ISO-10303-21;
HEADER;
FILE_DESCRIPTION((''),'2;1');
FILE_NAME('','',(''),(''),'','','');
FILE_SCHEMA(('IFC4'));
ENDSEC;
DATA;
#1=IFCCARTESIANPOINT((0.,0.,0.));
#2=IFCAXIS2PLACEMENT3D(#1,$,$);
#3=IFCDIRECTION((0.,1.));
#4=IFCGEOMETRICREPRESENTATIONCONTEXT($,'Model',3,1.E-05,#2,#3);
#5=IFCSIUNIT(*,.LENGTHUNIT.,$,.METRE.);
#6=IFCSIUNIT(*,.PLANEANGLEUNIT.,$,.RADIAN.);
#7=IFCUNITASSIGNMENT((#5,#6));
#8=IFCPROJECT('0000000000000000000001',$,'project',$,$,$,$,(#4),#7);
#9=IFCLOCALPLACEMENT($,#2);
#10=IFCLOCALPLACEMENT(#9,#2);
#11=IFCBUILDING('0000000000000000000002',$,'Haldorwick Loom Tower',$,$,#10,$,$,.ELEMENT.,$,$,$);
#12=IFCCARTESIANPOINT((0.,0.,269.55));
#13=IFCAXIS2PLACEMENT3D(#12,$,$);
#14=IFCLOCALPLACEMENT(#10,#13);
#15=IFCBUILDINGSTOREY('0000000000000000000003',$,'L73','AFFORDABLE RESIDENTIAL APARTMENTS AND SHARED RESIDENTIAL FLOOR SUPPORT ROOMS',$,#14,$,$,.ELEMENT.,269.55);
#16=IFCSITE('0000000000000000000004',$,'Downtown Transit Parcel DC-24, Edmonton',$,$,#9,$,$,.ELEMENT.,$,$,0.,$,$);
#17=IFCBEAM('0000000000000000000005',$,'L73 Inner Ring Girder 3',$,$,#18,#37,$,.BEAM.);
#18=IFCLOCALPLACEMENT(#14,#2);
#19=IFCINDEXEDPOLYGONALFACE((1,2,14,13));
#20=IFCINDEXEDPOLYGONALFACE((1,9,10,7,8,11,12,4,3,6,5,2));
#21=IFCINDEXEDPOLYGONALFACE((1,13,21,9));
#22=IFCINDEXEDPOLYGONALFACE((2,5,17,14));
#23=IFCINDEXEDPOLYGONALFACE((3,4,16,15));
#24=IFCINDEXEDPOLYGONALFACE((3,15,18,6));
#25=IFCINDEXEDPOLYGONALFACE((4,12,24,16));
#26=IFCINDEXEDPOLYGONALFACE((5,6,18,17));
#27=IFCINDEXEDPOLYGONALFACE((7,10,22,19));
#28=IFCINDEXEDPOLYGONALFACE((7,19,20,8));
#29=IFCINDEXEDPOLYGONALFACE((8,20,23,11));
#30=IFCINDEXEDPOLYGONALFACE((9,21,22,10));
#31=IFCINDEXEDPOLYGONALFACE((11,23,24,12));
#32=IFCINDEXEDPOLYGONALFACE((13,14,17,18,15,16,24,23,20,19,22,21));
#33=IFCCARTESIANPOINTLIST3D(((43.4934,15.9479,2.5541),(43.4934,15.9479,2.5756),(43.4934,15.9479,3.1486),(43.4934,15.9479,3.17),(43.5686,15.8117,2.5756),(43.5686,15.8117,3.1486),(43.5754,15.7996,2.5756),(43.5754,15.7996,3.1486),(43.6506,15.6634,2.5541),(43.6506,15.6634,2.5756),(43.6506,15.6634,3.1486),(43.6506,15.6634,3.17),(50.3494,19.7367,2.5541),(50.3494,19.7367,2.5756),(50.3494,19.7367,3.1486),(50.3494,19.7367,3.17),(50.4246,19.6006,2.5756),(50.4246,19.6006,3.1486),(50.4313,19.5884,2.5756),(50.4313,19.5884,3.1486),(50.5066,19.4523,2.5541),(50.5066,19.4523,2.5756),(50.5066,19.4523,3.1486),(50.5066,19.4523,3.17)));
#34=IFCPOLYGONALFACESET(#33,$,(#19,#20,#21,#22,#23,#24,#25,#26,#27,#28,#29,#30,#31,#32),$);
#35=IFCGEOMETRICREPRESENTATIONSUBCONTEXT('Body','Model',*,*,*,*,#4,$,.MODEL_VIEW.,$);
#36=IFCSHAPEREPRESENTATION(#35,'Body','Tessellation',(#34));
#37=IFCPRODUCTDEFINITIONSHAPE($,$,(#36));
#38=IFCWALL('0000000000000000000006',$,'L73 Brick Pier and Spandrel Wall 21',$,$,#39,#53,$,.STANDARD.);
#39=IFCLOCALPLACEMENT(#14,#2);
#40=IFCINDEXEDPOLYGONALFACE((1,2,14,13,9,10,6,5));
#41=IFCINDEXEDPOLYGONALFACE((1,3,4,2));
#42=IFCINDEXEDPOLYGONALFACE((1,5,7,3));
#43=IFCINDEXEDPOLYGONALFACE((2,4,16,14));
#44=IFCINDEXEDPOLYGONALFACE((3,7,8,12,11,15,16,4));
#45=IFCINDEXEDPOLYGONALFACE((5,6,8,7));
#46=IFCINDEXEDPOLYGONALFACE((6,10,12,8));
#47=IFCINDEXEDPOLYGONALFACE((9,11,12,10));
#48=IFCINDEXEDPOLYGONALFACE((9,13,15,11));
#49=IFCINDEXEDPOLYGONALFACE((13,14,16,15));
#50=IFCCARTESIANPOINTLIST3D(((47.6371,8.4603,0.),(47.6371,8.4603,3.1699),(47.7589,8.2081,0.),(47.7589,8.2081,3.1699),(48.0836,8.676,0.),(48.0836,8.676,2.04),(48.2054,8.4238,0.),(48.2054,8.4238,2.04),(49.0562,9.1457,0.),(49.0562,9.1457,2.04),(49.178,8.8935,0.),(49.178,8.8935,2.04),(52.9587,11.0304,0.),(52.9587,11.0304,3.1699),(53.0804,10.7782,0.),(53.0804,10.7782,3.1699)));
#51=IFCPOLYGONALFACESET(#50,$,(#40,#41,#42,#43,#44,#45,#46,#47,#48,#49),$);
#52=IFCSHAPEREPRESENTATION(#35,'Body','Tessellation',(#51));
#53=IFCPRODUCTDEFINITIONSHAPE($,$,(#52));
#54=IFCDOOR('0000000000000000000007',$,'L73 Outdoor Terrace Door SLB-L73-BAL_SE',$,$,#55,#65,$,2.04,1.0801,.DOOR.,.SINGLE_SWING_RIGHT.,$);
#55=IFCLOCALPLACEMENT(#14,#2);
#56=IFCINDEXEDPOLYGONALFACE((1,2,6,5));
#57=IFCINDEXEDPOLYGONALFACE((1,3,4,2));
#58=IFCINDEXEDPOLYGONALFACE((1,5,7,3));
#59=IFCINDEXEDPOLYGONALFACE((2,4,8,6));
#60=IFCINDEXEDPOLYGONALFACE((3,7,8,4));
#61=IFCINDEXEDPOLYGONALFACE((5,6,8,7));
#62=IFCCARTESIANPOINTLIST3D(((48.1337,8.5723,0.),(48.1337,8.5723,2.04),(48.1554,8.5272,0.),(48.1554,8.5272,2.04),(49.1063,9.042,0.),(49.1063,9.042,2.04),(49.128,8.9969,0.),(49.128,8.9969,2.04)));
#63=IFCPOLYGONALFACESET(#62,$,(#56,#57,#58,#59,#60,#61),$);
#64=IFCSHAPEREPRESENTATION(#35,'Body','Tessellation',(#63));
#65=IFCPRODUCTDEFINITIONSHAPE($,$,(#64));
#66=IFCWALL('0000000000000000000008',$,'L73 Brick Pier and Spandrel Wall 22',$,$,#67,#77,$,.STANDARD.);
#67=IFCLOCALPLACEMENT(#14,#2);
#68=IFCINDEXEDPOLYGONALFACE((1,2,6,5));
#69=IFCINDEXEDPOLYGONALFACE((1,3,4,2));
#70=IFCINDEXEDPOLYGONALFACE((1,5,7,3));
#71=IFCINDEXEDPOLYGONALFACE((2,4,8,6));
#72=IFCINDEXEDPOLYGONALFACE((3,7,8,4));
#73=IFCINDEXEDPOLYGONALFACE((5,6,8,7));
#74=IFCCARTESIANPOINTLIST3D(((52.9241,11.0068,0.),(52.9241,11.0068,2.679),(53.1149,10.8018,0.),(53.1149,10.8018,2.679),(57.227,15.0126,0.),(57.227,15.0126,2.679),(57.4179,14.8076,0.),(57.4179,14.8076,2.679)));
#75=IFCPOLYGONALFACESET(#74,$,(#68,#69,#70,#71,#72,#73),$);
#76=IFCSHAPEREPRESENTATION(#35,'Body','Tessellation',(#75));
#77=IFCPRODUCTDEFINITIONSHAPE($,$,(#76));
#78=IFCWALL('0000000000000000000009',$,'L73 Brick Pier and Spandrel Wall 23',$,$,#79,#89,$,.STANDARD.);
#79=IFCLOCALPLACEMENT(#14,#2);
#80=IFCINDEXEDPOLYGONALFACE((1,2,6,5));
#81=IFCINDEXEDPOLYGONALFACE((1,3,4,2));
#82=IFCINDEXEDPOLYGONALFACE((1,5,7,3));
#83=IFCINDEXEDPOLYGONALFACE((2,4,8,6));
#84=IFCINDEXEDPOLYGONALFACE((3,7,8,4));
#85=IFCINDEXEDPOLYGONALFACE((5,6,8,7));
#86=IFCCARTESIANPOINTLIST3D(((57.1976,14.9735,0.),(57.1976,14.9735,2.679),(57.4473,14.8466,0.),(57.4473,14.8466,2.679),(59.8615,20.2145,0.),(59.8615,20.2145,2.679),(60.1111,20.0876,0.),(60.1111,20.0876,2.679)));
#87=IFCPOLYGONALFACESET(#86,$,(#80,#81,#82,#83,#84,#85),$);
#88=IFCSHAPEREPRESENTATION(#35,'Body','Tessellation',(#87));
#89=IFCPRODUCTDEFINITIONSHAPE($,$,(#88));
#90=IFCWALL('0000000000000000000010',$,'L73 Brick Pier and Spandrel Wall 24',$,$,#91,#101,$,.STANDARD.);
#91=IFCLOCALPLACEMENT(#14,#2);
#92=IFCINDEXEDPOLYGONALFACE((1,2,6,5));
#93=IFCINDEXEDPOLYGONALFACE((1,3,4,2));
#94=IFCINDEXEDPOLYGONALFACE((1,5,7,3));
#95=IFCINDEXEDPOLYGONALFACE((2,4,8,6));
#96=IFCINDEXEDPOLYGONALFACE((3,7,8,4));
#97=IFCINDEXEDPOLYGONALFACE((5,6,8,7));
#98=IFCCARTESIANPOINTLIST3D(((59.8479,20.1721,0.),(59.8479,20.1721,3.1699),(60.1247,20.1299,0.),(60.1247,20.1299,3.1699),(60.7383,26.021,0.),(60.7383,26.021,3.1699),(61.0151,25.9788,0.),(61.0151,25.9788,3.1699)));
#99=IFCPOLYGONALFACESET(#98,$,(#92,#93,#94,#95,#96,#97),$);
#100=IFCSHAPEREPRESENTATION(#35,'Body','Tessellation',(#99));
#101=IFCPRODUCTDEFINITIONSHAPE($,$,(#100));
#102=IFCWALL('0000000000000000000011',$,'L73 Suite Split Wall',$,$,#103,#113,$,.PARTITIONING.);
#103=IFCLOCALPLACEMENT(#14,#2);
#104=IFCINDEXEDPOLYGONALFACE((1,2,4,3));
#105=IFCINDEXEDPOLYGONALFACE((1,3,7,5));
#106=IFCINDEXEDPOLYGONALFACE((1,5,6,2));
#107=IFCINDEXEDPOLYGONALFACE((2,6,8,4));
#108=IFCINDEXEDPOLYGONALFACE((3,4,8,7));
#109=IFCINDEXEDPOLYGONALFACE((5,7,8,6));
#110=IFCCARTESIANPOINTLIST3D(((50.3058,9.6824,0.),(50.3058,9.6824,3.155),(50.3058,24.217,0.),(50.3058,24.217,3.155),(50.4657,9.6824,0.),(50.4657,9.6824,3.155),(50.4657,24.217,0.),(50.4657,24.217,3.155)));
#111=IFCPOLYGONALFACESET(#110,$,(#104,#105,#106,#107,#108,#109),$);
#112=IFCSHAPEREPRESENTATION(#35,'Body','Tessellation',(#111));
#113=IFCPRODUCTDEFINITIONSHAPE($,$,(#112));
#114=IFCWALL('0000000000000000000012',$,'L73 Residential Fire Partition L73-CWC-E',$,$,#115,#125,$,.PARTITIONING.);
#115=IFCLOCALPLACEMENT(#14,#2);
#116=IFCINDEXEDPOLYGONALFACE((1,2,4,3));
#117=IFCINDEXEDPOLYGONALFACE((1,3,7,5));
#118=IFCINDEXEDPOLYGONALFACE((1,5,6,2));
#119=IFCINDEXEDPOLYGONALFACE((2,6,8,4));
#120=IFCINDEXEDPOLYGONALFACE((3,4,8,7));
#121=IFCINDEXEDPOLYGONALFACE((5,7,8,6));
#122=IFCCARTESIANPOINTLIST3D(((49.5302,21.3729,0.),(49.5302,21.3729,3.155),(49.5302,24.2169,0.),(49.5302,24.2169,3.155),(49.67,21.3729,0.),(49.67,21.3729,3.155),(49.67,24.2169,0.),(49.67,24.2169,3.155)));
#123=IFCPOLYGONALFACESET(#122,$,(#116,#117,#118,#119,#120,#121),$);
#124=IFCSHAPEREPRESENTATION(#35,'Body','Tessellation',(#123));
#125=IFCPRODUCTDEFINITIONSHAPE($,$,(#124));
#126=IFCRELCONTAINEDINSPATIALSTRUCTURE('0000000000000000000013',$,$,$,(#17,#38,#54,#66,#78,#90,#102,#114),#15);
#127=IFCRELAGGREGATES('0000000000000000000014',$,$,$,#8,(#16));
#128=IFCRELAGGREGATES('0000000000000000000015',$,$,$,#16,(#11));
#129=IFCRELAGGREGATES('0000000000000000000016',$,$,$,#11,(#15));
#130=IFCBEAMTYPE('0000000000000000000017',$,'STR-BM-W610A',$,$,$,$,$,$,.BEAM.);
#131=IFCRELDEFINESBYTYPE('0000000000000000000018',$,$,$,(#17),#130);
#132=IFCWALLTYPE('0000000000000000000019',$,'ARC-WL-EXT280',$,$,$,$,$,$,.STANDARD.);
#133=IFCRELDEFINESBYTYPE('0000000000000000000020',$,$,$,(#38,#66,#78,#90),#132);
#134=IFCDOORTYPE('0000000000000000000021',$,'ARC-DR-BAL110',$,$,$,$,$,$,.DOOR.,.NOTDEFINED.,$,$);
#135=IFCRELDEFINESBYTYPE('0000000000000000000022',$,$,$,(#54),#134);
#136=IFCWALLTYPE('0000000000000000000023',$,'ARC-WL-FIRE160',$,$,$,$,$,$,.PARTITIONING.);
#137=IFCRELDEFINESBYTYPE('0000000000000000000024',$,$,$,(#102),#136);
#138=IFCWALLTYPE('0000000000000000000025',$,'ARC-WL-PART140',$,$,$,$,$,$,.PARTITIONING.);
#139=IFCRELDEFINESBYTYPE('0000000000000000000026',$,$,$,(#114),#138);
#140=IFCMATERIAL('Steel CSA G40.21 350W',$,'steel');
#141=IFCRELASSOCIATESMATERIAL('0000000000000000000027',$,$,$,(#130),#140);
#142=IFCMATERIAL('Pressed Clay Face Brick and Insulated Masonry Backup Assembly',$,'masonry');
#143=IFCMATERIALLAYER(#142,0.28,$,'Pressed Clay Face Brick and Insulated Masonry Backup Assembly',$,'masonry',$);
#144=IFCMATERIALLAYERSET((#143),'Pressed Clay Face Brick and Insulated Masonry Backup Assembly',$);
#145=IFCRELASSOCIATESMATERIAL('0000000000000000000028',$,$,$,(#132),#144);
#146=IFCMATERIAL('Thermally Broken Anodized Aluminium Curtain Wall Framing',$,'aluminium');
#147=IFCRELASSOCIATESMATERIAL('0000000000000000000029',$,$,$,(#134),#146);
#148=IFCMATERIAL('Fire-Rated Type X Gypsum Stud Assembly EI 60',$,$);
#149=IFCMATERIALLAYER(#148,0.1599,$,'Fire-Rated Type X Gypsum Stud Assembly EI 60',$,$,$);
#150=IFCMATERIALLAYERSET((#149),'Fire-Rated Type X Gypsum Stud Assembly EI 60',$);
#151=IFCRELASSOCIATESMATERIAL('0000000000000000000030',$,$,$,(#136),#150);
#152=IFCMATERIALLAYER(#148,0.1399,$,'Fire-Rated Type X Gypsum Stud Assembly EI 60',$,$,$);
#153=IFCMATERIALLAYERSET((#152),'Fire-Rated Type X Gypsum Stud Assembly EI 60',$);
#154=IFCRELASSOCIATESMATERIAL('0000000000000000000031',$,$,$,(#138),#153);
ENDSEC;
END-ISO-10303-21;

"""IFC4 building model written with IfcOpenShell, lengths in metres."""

from ifc_helpers import new_model, si_unit, direction, frame, frame_2d, origin, origin_2d, place, context, subcontext, project, spatial, rectangle, i_section, extrude, material, layer, layer_set, material_profile, profile_set, type_object, element, fill, save


model = new_model("IFC4")

# Units and contexts
model_context = context("Model", 3, precision=1e-05, world=origin(), true_north=direction((0.0, 1.0)))
body_context = subcontext(model_context, "Body", "Model", "MODEL_VIEW")
ifc_project = project(units=[si_unit("LENGTHUNIT", "METRE"), si_unit("PLANEANGLEUNIT", "RADIAN")], contexts=[model_context])

# Site, building, storey
site_placement = place(None, origin())
site = spatial("IfcSite", under=ifc_project, at=site_placement, Name="Downtown Transit Parcel DC-24, Edmonton", CompositionType="ELEMENT", RefElevation=0.0)
building_placement = place(site_placement, origin())
building = spatial("IfcBuilding", under=site, at=building_placement, Name="Haldorwick Loom Tower", CompositionType="ELEMENT")
storey_placement = place(building_placement, frame((0.0, 0.0, 269.55)))
storey = spatial("IfcBuildingStorey", under=building, at=storey_placement, Name="L73", Description="AFFORDABLE RESIDENTIAL APARTMENTS AND SHARED RESIDENTIAL FLOOR SUPPORT ROOMS", CompositionType="ELEMENT", Elevation=269.55)

# Shared definitions
ifc_material_1 = material(Name="Steel CSA G40.21 350W", Category="steel")

# Beam
ifc_material_profile_1 = material_profile(ifc_material_1, i_section(OverallWidth=0.325, OverallDepth=0.616, WebThickness=0.0139, FlangeThickness=0.0215, at=origin_2d()), Name="W610X174", Category="steel")
ifc_profile_set_1 = profile_set([ifc_material_profile_1], Name="Steel CSA G40.21 350W")
beam_type_1 = type_object("IfcBeamType", Name="STR-BM-W610A", PredefinedType="BEAM", material=ifc_profile_set_1)
beam_1_placement = place(storey_placement, frame((50.428, 19.5945, 2.8621), z_axis=(-0.875242, -0.483686, 0.0), x_axis=(0.483686, -0.875242, 0.0)))
element("IfcBeam", 1, at=beam_1_placement, inside=storey, type_object=beam_type_1, Name="L73 Inner Ring Girder 3", PredefinedType="BEAM", context=body_context, shape_type="SweptSolid", body=[
    extrude(i_section(OverallWidth=0.325, OverallDepth=0.616, WebThickness=0.0139, FlangeThickness=0.0215, at=origin_2d()), origin(), (0.0, 0.0, 1.0), 7.8333),
])

# Wall, opening, door
ifc_material_2 = material(Name="Pressed Clay Face Brick and Insulated Masonry Backup Assembly", Category="masonry")
ifc_layer_1 = layer(ifc_material_2, 0.28, Name="Pressed Clay Face Brick and Insulated Masonry Backup Assembly", Category="masonry")
ifc_layer_set_1 = layer_set([ifc_layer_1], Name="Pressed Clay Face Brick and Insulated Masonry Backup Assembly")
wall_type_1 = type_object("IfcWallType", Name="ARC-WL-EXT280", PredefinedType="STANDARD", material=ifc_layer_set_1)
wall_1_placement = place(storey_placement, frame((47.698, 8.3342, 0.0), z_axis=(0.0, 0.0, 1.0), x_axis=(0.900482, 0.434893, 0.0)))
wall_1 = element("IfcWall", 2, at=wall_1_placement, inside=storey, type_object=wall_type_1, Name="L73 Brick Pier and Spandrel Wall 21", PredefinedType="STANDARD", context=body_context, shape_type="SweptSolid", body=[
    extrude(rectangle(XDim=5.9097, YDim=0.28, at=frame_2d((2.9548, 0.0))), origin(), (0.0, 0.0, 1.0), 3.1699),
])
opening_placement = place(wall_1_placement, frame((0.4958, 0.0, 0.0)))
opening = element("IfcOpeningElement", 3, at=opening_placement, cuts=wall_1, PredefinedType="OPENING", context=body_context, shape_type="SweptSolid", body=[
    extrude(rectangle(XDim=1.0801, YDim=2.04, at=frame_2d((0.54, 1.02))), frame((0.0, 0.1499, 0.0), z_axis=(0.0, -1.0, 0.0), x_axis=(1.0, 0.0, 0.0)), (0.0, 0.0, 1.0), 0.3),
])
ifc_material_3 = material(Name="Thermally Broken Anodized Aluminium Curtain Wall Framing", Category="aluminium")
door_type = type_object("IfcDoorType", Name="ARC-DR-BAL110", OperationType="NOTDEFINED", PredefinedType="DOOR", material=ifc_material_3)
door_placement = place(opening_placement, origin())
door = element("IfcDoor", 4, at=door_placement, inside=storey, type_object=door_type, Name="L73 Outdoor Terrace Door SLB-L73-BAL_SE", OperationType="SINGLE_SWING_RIGHT", OverallHeight=2.04, OverallWidth=1.0801, PredefinedType="DOOR", context=body_context, shape_type="SweptSolid", body=[
    extrude(rectangle(XDim=1.0801, YDim=2.04, at=frame_2d((0.54, 1.02))), frame((0.0, 0.0249, 0.0), z_axis=(0.0, -1.0, 0.0), x_axis=(1.0, 0.0, 0.0)), (0.0, 0.0, 1.0), 0.05),
])
fill(opening, door)

# Walls
wall_2_placement = place(storey_placement, frame((53.0195, 10.9043, 0.0), z_axis=(0.0, 0.0, 1.0), x_axis=(0.731925, 0.681386, 0.0)))
element("IfcWall", 5, at=wall_2_placement, inside=storey, type_object=wall_type_1, Name="L73 Brick Pier and Spandrel Wall 22", PredefinedType="STANDARD", context=body_context, shape_type="SweptSolid", body=[
    extrude(rectangle(XDim=5.8789, YDim=0.28, at=frame_2d((2.9395, 0.0))), origin(), (0.0, 0.0, 1.0), 2.679),
])
wall_3_placement = place(storey_placement, frame((57.3225, 14.9102, 0.0), z_axis=(0.0, 0.0, 1.0), x_axis=(0.453101, 0.891459, 0.0)))
element("IfcWall", 6, at=wall_3_placement, inside=storey, type_object=wall_type_1, Name="L73 Brick Pier and Spandrel Wall 23", PredefinedType="STANDARD", context=body_context, shape_type="SweptSolid", body=[
    extrude(rectangle(XDim=5.8792, YDim=0.28, at=frame_2d((2.9395, 0.0))), origin(), (0.0, 0.0, 1.0), 2.679),
])
wall_4_placement = place(storey_placement, frame((59.9863, 20.1511, 0.0), z_axis=(0.0, 0.0, 1.0), x_axis=(0.150497, 0.98861, 0.0)))
element("IfcWall", 7, at=wall_4_placement, inside=storey, type_object=wall_type_1, Name="L73 Brick Pier and Spandrel Wall 24", PredefinedType="STANDARD", context=body_context, shape_type="SweptSolid", body=[
    extrude(rectangle(XDim=5.9163, YDim=0.28, at=frame_2d((2.958, 0.0))), origin(), (0.0, 0.0, 1.0), 3.1699),
])
ifc_material_4 = material(Name="Fire-Rated Type X Gypsum Stud Assembly EI 60")
ifc_layer_2 = layer(ifc_material_4, 0.1599, Name="Fire-Rated Type X Gypsum Stud Assembly EI 60")
ifc_layer_set_2 = layer_set([ifc_layer_2], Name="Fire-Rated Type X Gypsum Stud Assembly EI 60")
wall_type_2 = type_object("IfcWallType", Name="ARC-WL-FIRE160", PredefinedType="PARTITIONING", material=ifc_layer_set_2)
wall_5_placement = place(storey_placement, frame((50.3857, 9.6824, 0.0), z_axis=(0.0, 0.0, 1.0), x_axis=(0.0, 1.0, 0.0)))
element("IfcWall", 8, at=wall_5_placement, inside=storey, type_object=wall_type_2, Name="L73 Suite Split Wall", PredefinedType="PARTITIONING", context=body_context, shape_type="SweptSolid", body=[
    extrude(rectangle(XDim=14.5347, YDim=0.1599, at=frame_2d((7.2673, 0.0))), origin(), (0.0, 0.0, 1.0), 3.155),
])
ifc_layer_3 = layer(ifc_material_4, 0.1399, Name="Fire-Rated Type X Gypsum Stud Assembly EI 60")
ifc_layer_set_3 = layer_set([ifc_layer_3], Name="Fire-Rated Type X Gypsum Stud Assembly EI 60")
wall_type_3 = type_object("IfcWallType", Name="ARC-WL-PART140", PredefinedType="PARTITIONING", material=ifc_layer_set_3)
wall_6_placement = place(storey_placement, frame((49.6001, 21.373, 0.0), z_axis=(0.0, 0.0, 1.0), x_axis=(0.0, 1.0, 0.0)))
element("IfcWall", 9, at=wall_6_placement, inside=storey, type_object=wall_type_3, Name="L73 Residential Fire Partition L73-CWC-E", PredefinedType="PARTITIONING", context=body_context, shape_type="SweptSolid", body=[
    extrude(rectangle(XDim=2.844, YDim=0.1399, at=frame_2d((1.4219, 0.0))), origin(), (0.0, 0.0, 1.0), 3.155),
])

save(model, "model.ifc")
